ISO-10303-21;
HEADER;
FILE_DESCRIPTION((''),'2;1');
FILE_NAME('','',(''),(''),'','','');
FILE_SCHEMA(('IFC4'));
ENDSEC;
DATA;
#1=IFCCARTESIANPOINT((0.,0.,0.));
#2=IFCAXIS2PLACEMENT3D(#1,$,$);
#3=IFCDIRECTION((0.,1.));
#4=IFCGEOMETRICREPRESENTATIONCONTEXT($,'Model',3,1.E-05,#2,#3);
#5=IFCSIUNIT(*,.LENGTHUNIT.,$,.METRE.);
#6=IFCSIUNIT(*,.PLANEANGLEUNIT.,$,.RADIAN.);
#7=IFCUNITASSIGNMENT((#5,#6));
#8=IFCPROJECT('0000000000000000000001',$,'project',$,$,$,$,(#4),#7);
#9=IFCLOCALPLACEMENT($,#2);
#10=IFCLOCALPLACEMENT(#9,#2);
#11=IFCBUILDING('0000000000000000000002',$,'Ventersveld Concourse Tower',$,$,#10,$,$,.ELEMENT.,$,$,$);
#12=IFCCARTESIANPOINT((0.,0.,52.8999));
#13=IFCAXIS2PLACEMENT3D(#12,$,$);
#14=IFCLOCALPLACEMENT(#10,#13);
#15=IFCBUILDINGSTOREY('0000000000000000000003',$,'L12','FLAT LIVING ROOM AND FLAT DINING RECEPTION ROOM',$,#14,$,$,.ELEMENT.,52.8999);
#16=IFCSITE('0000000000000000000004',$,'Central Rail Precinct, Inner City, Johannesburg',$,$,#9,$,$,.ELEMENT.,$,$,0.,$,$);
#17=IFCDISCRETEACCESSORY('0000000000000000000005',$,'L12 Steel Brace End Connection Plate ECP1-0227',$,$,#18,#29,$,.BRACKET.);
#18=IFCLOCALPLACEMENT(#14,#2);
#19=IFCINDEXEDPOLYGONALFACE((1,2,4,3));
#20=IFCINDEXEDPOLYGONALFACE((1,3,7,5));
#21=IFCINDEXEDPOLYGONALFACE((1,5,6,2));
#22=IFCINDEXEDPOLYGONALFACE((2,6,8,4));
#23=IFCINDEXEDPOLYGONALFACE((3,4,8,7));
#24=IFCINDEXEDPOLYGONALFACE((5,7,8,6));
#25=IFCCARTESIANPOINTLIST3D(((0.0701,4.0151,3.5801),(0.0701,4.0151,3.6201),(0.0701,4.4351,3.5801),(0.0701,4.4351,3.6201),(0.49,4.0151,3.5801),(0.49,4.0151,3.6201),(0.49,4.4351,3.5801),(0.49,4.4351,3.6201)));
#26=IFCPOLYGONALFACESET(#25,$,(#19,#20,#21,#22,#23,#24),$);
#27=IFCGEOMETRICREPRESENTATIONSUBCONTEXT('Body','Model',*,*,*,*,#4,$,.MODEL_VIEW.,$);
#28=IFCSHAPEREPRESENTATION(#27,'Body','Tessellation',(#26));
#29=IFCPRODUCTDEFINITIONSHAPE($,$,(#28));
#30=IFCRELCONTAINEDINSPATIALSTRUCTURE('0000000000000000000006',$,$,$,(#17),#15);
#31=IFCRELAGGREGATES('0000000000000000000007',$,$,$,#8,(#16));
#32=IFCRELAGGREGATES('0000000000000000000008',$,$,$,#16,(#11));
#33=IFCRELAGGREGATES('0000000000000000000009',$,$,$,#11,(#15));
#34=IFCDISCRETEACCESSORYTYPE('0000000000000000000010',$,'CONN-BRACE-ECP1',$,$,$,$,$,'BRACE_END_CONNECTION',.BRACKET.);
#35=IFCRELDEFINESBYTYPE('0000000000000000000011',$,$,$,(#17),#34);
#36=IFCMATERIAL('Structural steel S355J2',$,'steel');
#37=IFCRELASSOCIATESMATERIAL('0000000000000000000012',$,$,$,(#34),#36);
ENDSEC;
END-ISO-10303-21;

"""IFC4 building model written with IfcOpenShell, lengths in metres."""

from ifc_helpers import new_model, si_unit, direction, frame, origin, origin_2d, place, context, subcontext, project, spatial, rectangle, extrude, material, type_object, element, save


model = new_model("IFC4")

# Units and contexts
model_context = context("Model", 3, precision=1e-05, world=origin(), true_north=direction((0.0, 1.0)))
body_context = subcontext(model_context, "Body", "Model", "MODEL_VIEW")
ifc_project = project(units=[si_unit("LENGTHUNIT", "METRE"), si_unit("PLANEANGLEUNIT", "RADIAN")], contexts=[model_context])

# Site, building, storey
site_placement = place(None, origin())
site = spatial("IfcSite", under=ifc_project, at=site_placement, Name="Central Rail Precinct, Inner City, Johannesburg", CompositionType="ELEMENT", RefElevation=0.0)
building_placement = place(site_placement, origin())
building = spatial("IfcBuilding", under=site, at=building_placement, Name="Ventersveld Concourse Tower", CompositionType="ELEMENT")
storey_placement = place(building_placement, frame((0.0, 0.0, 52.8999)))
storey = spatial("IfcBuildingStorey", under=building, at=storey_placement, Name="L12", Description="FLAT LIVING ROOM AND FLAT DINING RECEPTION ROOM", CompositionType="ELEMENT", Elevation=52.8999)

# Shared definitions
ifc_material_1 = material(Name="Structural steel S355J2", Category="steel")

# Discrete accessory
discrete_accessory_type = type_object("IfcDiscreteAccessoryType", Name="CONN-BRACE-ECP1", ElementType="BRACE_END_CONNECTION", PredefinedType="BRACKET", material=ifc_material_1)
discrete_accessory_placement = place(storey_placement, frame((0.28, 4.2251, 3.5801), z_axis=(0.0, 0.0, 1.0), x_axis=(1.0, 0.0, 0.0)))
element("IfcDiscreteAccessory", 1, at=discrete_accessory_placement, inside=storey, type_object=discrete_accessory_type, Name="L12 Steel Brace End Connection Plate ECP1-0227", PredefinedType="BRACKET", context=body_context, shape_type="SweptSolid", body=[
    extrude(rectangle(XDim=0.4199, YDim=0.4199, at=origin_2d()), origin(), (0.0, 0.0, 1.0), 0.04),
])

save(model, "model.ifc")
